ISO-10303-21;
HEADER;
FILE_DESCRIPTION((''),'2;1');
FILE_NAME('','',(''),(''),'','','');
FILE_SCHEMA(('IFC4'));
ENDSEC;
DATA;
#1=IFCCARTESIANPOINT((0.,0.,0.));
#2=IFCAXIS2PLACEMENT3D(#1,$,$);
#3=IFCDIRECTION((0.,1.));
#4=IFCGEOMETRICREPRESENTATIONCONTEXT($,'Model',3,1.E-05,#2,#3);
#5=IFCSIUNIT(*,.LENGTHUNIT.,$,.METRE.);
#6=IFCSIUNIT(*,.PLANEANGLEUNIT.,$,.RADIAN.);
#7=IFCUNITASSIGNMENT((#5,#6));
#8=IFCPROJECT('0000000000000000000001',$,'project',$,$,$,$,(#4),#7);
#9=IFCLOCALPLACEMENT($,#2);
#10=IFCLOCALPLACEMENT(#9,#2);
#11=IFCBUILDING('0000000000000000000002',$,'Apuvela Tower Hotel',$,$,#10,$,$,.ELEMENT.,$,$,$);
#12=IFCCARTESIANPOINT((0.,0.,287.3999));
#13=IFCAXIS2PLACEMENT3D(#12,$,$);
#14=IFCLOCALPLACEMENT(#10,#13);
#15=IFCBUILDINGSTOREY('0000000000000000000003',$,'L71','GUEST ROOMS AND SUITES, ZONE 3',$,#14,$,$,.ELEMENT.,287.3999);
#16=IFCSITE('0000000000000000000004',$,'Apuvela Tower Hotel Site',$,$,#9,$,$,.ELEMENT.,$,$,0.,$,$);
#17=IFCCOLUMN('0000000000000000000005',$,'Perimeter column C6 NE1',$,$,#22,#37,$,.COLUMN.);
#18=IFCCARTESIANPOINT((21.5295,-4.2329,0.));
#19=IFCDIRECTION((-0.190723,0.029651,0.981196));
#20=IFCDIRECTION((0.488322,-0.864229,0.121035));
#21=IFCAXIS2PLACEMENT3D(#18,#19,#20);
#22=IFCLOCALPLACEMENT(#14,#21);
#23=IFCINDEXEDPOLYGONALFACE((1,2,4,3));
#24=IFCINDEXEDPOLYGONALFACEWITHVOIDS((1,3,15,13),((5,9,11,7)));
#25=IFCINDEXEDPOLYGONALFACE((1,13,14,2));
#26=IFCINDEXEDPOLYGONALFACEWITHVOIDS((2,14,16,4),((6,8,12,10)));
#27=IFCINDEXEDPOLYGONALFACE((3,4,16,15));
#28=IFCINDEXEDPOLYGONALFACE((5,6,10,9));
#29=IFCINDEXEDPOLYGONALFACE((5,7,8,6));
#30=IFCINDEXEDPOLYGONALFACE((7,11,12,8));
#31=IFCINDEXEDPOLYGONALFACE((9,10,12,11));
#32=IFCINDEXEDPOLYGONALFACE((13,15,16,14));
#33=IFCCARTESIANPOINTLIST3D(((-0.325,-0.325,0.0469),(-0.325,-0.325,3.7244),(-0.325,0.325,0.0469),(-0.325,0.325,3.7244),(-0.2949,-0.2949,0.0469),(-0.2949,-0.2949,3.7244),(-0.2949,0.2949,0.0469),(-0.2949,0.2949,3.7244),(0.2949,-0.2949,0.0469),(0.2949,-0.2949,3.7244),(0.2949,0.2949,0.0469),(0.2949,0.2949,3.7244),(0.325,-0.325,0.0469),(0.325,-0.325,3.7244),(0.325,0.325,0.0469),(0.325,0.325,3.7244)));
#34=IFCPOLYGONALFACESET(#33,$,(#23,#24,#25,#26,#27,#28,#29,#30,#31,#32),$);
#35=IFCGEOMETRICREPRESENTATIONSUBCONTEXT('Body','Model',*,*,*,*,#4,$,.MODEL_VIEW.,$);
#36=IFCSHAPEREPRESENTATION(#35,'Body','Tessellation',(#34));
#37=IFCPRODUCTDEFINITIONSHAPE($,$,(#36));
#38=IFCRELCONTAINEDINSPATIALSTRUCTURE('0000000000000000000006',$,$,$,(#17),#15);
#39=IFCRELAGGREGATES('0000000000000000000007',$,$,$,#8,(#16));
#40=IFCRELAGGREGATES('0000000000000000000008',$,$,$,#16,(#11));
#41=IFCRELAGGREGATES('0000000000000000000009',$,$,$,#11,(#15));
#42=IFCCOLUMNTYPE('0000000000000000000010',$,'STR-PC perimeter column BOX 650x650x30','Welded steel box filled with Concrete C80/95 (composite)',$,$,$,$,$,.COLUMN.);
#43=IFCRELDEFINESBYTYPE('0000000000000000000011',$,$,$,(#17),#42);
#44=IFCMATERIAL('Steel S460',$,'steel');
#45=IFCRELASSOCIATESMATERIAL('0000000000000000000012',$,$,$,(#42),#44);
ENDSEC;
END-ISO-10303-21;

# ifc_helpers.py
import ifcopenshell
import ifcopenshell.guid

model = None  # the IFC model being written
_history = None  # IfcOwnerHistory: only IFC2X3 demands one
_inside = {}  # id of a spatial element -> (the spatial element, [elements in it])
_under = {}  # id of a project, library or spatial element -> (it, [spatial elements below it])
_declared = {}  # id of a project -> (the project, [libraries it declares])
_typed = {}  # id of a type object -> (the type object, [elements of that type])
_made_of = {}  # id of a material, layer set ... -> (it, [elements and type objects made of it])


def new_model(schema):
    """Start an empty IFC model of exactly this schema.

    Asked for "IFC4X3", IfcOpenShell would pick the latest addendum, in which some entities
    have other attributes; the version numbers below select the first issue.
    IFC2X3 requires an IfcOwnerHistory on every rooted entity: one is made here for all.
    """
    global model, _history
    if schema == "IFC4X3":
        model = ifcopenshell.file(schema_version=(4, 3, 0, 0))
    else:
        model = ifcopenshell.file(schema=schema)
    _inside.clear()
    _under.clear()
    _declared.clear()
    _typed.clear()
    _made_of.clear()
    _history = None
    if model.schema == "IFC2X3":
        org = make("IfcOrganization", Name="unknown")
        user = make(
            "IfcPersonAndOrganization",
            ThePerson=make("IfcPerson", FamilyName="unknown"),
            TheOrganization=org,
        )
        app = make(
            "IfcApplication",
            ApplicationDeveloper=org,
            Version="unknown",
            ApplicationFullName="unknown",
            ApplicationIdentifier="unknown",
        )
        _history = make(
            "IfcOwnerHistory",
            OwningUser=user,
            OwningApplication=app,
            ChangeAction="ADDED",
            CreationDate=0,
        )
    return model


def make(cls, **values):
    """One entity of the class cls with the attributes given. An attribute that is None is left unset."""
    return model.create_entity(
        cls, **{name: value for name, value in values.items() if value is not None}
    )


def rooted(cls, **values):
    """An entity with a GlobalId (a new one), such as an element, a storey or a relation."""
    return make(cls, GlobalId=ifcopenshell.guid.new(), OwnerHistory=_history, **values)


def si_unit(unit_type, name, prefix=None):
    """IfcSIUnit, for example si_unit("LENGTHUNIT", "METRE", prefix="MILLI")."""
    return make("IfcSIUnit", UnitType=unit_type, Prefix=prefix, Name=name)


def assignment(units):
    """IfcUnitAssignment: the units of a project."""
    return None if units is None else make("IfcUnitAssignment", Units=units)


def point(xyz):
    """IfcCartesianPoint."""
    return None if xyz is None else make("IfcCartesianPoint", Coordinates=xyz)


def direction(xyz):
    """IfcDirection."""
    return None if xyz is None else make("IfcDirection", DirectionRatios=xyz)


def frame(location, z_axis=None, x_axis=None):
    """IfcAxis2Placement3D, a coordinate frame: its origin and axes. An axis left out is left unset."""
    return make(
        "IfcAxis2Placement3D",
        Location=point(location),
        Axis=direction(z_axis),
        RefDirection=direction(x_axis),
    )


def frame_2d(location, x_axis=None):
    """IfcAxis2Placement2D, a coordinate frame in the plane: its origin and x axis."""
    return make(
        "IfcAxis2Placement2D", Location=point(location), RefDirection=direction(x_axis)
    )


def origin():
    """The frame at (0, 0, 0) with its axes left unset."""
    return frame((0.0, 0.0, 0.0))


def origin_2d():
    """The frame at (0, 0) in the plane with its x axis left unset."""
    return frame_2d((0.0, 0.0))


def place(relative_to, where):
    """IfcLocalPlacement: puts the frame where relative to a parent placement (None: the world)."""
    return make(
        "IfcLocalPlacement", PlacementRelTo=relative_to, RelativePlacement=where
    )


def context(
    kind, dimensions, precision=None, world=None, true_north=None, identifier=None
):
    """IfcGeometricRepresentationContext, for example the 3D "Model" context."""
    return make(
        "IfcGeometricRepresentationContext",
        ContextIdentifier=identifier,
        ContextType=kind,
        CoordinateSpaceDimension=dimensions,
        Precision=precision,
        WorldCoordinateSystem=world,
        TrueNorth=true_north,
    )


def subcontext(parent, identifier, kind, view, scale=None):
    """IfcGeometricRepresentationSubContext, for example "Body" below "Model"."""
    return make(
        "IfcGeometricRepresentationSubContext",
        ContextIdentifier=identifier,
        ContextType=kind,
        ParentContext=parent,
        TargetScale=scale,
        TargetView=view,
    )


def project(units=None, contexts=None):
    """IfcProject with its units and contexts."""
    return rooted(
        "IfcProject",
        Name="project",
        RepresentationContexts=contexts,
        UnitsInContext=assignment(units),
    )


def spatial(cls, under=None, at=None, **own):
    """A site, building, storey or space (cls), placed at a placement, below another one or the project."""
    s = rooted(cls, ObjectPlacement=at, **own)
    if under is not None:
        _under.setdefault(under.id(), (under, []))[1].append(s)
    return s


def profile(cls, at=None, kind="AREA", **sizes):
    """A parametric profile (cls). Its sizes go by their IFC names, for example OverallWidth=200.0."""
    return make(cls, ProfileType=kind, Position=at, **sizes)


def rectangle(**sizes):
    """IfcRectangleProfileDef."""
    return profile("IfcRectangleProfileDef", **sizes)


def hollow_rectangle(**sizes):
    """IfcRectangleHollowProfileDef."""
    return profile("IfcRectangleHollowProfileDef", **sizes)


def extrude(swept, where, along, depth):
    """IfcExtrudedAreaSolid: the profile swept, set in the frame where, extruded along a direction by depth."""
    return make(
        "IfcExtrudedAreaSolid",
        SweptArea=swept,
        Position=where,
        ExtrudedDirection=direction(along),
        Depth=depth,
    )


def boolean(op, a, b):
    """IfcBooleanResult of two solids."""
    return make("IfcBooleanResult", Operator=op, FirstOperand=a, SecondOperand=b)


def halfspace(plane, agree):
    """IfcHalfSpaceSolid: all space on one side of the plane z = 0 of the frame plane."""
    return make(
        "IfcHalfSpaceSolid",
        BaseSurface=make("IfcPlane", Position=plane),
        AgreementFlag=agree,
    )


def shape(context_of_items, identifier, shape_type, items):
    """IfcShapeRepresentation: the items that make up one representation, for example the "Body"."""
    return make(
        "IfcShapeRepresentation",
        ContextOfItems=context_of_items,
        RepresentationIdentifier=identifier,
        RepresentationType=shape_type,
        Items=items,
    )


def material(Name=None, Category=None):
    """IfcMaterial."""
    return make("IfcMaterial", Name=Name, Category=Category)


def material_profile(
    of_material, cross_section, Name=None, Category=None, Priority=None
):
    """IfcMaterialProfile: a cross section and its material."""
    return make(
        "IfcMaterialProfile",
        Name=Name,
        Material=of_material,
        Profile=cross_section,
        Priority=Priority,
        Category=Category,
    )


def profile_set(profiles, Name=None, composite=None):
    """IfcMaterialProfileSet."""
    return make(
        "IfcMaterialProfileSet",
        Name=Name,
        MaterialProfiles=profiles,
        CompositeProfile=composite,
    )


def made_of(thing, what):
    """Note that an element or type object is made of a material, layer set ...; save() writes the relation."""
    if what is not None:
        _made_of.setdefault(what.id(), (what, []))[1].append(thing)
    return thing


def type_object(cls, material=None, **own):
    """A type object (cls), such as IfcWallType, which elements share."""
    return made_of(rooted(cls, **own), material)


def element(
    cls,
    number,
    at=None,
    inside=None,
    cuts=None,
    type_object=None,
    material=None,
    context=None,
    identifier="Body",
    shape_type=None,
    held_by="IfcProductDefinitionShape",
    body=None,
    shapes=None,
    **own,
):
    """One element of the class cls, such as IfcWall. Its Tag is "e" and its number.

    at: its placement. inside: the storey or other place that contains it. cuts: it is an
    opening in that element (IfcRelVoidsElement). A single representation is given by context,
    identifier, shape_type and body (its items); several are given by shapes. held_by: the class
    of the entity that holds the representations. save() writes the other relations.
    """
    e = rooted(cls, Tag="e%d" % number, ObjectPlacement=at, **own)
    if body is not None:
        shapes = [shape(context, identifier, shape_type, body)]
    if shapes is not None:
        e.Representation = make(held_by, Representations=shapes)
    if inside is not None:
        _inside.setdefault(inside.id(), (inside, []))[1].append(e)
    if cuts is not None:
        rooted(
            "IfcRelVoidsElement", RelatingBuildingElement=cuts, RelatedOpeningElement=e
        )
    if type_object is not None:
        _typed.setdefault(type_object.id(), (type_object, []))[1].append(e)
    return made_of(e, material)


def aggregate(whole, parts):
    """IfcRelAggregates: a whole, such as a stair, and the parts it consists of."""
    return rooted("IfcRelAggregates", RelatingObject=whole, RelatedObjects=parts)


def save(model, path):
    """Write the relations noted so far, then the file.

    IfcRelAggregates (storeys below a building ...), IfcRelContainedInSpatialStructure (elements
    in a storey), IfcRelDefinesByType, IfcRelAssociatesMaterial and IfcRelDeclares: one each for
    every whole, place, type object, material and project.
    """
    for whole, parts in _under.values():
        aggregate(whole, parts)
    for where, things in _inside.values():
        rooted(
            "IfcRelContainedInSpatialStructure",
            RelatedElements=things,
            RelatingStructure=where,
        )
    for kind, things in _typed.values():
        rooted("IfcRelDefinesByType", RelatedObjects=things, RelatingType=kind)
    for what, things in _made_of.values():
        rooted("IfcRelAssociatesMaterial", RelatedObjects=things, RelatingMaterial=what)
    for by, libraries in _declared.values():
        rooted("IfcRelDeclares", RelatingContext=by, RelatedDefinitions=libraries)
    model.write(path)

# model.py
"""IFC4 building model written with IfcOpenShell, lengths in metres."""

from ifc_helpers import new_model, si_unit, direction, frame, origin, origin_2d, place, context, subcontext, project, spatial, rectangle, hollow_rectangle, extrude, boolean, halfspace, material, material_profile, profile_set, type_object, element, save


model = new_model("IFC4")

# Units and contexts
model_context = context("Model", 3, precision=1e-05, world=origin(), true_north=direction((0.0, 1.0)))
body_context = subcontext(model_context, "Body", "Model", "MODEL_VIEW")
ifc_project = project(units=[si_unit("LENGTHUNIT", "METRE"), si_unit("PLANEANGLEUNIT", "RADIAN")], contexts=[model_context])

# Site, building, storey
site_placement = place(None, origin())
site = spatial("IfcSite", under=ifc_project, at=site_placement, Name="Apuvela Tower Hotel Site", CompositionType="ELEMENT", RefElevation=0.0)
building_placement = place(site_placement, origin())
building = spatial("IfcBuilding", under=site, at=building_placement, Name="Apuvela Tower Hotel", CompositionType="ELEMENT")
storey_placement = place(building_placement, frame((0.0, 0.0, 287.3999)))
storey = spatial("IfcBuildingStorey", under=building, at=storey_placement, Name="L71", Description="GUEST ROOMS AND SUITES, ZONE 3", CompositionType="ELEMENT", Elevation=287.3999)

# Column
ifc_material_1 = material(Name="Steel S460", Category="steel")
ifc_material_profile_1 = material_profile(ifc_material_1, hollow_rectangle(XDim=0.6499, YDim=0.6499, WallThickness=0.03, at=origin_2d()), Name="BOX 650x650x30")
ifc_material_2 = material(Name="Concrete C80/95", Category="concrete")
ifc_material_profile_2 = material_profile(ifc_material_2, rectangle(XDim=0.5901, YDim=0.5901, at=origin_2d()), Name="Concrete C80/95 infill")
ifc_profile_set_1 = profile_set([ifc_material_profile_1, ifc_material_profile_2], Name="Steel S460")
column_type = type_object("IfcColumnType", Name="STR-PC perimeter column BOX 650x650x30", Description="Welded steel box filled with Concrete C80/95 (composite)", PredefinedType="COLUMN", material=ifc_profile_set_1)
column_placement = place(storey_placement, frame((21.5295, -4.2329, 0.0), z_axis=(-0.190723, 0.029651, 0.981196), x_axis=(0.488322, -0.864229, 0.121035)))
element("IfcColumn", 1, at=column_placement, inside=storey, type_object=column_type, Name="Perimeter column C6 NE1", PredefinedType="COLUMN", context=body_context, shape_type="SweptSolid", body=[
    boolean("DIFFERENCE", boolean("DIFFERENCE", extrude(hollow_rectangle(XDim=0.6499, YDim=0.6499, WallThickness=0.03, at=origin_2d()), origin(), (0.0, 0.0, 1.0), 3.771), halfspace(frame((0.0, 0.0, 0.0469), z_axis=(0.0, 0.0, 1.0), x_axis=(1.0, 0.0, 0.0)), True)), halfspace(frame((0.0, 0.0, 3.7244), z_axis=(0.0, 0.0, 1.0), x_axis=(1.0, 0.0, 0.0)), False)),
])

save(model, "model.ifc")
